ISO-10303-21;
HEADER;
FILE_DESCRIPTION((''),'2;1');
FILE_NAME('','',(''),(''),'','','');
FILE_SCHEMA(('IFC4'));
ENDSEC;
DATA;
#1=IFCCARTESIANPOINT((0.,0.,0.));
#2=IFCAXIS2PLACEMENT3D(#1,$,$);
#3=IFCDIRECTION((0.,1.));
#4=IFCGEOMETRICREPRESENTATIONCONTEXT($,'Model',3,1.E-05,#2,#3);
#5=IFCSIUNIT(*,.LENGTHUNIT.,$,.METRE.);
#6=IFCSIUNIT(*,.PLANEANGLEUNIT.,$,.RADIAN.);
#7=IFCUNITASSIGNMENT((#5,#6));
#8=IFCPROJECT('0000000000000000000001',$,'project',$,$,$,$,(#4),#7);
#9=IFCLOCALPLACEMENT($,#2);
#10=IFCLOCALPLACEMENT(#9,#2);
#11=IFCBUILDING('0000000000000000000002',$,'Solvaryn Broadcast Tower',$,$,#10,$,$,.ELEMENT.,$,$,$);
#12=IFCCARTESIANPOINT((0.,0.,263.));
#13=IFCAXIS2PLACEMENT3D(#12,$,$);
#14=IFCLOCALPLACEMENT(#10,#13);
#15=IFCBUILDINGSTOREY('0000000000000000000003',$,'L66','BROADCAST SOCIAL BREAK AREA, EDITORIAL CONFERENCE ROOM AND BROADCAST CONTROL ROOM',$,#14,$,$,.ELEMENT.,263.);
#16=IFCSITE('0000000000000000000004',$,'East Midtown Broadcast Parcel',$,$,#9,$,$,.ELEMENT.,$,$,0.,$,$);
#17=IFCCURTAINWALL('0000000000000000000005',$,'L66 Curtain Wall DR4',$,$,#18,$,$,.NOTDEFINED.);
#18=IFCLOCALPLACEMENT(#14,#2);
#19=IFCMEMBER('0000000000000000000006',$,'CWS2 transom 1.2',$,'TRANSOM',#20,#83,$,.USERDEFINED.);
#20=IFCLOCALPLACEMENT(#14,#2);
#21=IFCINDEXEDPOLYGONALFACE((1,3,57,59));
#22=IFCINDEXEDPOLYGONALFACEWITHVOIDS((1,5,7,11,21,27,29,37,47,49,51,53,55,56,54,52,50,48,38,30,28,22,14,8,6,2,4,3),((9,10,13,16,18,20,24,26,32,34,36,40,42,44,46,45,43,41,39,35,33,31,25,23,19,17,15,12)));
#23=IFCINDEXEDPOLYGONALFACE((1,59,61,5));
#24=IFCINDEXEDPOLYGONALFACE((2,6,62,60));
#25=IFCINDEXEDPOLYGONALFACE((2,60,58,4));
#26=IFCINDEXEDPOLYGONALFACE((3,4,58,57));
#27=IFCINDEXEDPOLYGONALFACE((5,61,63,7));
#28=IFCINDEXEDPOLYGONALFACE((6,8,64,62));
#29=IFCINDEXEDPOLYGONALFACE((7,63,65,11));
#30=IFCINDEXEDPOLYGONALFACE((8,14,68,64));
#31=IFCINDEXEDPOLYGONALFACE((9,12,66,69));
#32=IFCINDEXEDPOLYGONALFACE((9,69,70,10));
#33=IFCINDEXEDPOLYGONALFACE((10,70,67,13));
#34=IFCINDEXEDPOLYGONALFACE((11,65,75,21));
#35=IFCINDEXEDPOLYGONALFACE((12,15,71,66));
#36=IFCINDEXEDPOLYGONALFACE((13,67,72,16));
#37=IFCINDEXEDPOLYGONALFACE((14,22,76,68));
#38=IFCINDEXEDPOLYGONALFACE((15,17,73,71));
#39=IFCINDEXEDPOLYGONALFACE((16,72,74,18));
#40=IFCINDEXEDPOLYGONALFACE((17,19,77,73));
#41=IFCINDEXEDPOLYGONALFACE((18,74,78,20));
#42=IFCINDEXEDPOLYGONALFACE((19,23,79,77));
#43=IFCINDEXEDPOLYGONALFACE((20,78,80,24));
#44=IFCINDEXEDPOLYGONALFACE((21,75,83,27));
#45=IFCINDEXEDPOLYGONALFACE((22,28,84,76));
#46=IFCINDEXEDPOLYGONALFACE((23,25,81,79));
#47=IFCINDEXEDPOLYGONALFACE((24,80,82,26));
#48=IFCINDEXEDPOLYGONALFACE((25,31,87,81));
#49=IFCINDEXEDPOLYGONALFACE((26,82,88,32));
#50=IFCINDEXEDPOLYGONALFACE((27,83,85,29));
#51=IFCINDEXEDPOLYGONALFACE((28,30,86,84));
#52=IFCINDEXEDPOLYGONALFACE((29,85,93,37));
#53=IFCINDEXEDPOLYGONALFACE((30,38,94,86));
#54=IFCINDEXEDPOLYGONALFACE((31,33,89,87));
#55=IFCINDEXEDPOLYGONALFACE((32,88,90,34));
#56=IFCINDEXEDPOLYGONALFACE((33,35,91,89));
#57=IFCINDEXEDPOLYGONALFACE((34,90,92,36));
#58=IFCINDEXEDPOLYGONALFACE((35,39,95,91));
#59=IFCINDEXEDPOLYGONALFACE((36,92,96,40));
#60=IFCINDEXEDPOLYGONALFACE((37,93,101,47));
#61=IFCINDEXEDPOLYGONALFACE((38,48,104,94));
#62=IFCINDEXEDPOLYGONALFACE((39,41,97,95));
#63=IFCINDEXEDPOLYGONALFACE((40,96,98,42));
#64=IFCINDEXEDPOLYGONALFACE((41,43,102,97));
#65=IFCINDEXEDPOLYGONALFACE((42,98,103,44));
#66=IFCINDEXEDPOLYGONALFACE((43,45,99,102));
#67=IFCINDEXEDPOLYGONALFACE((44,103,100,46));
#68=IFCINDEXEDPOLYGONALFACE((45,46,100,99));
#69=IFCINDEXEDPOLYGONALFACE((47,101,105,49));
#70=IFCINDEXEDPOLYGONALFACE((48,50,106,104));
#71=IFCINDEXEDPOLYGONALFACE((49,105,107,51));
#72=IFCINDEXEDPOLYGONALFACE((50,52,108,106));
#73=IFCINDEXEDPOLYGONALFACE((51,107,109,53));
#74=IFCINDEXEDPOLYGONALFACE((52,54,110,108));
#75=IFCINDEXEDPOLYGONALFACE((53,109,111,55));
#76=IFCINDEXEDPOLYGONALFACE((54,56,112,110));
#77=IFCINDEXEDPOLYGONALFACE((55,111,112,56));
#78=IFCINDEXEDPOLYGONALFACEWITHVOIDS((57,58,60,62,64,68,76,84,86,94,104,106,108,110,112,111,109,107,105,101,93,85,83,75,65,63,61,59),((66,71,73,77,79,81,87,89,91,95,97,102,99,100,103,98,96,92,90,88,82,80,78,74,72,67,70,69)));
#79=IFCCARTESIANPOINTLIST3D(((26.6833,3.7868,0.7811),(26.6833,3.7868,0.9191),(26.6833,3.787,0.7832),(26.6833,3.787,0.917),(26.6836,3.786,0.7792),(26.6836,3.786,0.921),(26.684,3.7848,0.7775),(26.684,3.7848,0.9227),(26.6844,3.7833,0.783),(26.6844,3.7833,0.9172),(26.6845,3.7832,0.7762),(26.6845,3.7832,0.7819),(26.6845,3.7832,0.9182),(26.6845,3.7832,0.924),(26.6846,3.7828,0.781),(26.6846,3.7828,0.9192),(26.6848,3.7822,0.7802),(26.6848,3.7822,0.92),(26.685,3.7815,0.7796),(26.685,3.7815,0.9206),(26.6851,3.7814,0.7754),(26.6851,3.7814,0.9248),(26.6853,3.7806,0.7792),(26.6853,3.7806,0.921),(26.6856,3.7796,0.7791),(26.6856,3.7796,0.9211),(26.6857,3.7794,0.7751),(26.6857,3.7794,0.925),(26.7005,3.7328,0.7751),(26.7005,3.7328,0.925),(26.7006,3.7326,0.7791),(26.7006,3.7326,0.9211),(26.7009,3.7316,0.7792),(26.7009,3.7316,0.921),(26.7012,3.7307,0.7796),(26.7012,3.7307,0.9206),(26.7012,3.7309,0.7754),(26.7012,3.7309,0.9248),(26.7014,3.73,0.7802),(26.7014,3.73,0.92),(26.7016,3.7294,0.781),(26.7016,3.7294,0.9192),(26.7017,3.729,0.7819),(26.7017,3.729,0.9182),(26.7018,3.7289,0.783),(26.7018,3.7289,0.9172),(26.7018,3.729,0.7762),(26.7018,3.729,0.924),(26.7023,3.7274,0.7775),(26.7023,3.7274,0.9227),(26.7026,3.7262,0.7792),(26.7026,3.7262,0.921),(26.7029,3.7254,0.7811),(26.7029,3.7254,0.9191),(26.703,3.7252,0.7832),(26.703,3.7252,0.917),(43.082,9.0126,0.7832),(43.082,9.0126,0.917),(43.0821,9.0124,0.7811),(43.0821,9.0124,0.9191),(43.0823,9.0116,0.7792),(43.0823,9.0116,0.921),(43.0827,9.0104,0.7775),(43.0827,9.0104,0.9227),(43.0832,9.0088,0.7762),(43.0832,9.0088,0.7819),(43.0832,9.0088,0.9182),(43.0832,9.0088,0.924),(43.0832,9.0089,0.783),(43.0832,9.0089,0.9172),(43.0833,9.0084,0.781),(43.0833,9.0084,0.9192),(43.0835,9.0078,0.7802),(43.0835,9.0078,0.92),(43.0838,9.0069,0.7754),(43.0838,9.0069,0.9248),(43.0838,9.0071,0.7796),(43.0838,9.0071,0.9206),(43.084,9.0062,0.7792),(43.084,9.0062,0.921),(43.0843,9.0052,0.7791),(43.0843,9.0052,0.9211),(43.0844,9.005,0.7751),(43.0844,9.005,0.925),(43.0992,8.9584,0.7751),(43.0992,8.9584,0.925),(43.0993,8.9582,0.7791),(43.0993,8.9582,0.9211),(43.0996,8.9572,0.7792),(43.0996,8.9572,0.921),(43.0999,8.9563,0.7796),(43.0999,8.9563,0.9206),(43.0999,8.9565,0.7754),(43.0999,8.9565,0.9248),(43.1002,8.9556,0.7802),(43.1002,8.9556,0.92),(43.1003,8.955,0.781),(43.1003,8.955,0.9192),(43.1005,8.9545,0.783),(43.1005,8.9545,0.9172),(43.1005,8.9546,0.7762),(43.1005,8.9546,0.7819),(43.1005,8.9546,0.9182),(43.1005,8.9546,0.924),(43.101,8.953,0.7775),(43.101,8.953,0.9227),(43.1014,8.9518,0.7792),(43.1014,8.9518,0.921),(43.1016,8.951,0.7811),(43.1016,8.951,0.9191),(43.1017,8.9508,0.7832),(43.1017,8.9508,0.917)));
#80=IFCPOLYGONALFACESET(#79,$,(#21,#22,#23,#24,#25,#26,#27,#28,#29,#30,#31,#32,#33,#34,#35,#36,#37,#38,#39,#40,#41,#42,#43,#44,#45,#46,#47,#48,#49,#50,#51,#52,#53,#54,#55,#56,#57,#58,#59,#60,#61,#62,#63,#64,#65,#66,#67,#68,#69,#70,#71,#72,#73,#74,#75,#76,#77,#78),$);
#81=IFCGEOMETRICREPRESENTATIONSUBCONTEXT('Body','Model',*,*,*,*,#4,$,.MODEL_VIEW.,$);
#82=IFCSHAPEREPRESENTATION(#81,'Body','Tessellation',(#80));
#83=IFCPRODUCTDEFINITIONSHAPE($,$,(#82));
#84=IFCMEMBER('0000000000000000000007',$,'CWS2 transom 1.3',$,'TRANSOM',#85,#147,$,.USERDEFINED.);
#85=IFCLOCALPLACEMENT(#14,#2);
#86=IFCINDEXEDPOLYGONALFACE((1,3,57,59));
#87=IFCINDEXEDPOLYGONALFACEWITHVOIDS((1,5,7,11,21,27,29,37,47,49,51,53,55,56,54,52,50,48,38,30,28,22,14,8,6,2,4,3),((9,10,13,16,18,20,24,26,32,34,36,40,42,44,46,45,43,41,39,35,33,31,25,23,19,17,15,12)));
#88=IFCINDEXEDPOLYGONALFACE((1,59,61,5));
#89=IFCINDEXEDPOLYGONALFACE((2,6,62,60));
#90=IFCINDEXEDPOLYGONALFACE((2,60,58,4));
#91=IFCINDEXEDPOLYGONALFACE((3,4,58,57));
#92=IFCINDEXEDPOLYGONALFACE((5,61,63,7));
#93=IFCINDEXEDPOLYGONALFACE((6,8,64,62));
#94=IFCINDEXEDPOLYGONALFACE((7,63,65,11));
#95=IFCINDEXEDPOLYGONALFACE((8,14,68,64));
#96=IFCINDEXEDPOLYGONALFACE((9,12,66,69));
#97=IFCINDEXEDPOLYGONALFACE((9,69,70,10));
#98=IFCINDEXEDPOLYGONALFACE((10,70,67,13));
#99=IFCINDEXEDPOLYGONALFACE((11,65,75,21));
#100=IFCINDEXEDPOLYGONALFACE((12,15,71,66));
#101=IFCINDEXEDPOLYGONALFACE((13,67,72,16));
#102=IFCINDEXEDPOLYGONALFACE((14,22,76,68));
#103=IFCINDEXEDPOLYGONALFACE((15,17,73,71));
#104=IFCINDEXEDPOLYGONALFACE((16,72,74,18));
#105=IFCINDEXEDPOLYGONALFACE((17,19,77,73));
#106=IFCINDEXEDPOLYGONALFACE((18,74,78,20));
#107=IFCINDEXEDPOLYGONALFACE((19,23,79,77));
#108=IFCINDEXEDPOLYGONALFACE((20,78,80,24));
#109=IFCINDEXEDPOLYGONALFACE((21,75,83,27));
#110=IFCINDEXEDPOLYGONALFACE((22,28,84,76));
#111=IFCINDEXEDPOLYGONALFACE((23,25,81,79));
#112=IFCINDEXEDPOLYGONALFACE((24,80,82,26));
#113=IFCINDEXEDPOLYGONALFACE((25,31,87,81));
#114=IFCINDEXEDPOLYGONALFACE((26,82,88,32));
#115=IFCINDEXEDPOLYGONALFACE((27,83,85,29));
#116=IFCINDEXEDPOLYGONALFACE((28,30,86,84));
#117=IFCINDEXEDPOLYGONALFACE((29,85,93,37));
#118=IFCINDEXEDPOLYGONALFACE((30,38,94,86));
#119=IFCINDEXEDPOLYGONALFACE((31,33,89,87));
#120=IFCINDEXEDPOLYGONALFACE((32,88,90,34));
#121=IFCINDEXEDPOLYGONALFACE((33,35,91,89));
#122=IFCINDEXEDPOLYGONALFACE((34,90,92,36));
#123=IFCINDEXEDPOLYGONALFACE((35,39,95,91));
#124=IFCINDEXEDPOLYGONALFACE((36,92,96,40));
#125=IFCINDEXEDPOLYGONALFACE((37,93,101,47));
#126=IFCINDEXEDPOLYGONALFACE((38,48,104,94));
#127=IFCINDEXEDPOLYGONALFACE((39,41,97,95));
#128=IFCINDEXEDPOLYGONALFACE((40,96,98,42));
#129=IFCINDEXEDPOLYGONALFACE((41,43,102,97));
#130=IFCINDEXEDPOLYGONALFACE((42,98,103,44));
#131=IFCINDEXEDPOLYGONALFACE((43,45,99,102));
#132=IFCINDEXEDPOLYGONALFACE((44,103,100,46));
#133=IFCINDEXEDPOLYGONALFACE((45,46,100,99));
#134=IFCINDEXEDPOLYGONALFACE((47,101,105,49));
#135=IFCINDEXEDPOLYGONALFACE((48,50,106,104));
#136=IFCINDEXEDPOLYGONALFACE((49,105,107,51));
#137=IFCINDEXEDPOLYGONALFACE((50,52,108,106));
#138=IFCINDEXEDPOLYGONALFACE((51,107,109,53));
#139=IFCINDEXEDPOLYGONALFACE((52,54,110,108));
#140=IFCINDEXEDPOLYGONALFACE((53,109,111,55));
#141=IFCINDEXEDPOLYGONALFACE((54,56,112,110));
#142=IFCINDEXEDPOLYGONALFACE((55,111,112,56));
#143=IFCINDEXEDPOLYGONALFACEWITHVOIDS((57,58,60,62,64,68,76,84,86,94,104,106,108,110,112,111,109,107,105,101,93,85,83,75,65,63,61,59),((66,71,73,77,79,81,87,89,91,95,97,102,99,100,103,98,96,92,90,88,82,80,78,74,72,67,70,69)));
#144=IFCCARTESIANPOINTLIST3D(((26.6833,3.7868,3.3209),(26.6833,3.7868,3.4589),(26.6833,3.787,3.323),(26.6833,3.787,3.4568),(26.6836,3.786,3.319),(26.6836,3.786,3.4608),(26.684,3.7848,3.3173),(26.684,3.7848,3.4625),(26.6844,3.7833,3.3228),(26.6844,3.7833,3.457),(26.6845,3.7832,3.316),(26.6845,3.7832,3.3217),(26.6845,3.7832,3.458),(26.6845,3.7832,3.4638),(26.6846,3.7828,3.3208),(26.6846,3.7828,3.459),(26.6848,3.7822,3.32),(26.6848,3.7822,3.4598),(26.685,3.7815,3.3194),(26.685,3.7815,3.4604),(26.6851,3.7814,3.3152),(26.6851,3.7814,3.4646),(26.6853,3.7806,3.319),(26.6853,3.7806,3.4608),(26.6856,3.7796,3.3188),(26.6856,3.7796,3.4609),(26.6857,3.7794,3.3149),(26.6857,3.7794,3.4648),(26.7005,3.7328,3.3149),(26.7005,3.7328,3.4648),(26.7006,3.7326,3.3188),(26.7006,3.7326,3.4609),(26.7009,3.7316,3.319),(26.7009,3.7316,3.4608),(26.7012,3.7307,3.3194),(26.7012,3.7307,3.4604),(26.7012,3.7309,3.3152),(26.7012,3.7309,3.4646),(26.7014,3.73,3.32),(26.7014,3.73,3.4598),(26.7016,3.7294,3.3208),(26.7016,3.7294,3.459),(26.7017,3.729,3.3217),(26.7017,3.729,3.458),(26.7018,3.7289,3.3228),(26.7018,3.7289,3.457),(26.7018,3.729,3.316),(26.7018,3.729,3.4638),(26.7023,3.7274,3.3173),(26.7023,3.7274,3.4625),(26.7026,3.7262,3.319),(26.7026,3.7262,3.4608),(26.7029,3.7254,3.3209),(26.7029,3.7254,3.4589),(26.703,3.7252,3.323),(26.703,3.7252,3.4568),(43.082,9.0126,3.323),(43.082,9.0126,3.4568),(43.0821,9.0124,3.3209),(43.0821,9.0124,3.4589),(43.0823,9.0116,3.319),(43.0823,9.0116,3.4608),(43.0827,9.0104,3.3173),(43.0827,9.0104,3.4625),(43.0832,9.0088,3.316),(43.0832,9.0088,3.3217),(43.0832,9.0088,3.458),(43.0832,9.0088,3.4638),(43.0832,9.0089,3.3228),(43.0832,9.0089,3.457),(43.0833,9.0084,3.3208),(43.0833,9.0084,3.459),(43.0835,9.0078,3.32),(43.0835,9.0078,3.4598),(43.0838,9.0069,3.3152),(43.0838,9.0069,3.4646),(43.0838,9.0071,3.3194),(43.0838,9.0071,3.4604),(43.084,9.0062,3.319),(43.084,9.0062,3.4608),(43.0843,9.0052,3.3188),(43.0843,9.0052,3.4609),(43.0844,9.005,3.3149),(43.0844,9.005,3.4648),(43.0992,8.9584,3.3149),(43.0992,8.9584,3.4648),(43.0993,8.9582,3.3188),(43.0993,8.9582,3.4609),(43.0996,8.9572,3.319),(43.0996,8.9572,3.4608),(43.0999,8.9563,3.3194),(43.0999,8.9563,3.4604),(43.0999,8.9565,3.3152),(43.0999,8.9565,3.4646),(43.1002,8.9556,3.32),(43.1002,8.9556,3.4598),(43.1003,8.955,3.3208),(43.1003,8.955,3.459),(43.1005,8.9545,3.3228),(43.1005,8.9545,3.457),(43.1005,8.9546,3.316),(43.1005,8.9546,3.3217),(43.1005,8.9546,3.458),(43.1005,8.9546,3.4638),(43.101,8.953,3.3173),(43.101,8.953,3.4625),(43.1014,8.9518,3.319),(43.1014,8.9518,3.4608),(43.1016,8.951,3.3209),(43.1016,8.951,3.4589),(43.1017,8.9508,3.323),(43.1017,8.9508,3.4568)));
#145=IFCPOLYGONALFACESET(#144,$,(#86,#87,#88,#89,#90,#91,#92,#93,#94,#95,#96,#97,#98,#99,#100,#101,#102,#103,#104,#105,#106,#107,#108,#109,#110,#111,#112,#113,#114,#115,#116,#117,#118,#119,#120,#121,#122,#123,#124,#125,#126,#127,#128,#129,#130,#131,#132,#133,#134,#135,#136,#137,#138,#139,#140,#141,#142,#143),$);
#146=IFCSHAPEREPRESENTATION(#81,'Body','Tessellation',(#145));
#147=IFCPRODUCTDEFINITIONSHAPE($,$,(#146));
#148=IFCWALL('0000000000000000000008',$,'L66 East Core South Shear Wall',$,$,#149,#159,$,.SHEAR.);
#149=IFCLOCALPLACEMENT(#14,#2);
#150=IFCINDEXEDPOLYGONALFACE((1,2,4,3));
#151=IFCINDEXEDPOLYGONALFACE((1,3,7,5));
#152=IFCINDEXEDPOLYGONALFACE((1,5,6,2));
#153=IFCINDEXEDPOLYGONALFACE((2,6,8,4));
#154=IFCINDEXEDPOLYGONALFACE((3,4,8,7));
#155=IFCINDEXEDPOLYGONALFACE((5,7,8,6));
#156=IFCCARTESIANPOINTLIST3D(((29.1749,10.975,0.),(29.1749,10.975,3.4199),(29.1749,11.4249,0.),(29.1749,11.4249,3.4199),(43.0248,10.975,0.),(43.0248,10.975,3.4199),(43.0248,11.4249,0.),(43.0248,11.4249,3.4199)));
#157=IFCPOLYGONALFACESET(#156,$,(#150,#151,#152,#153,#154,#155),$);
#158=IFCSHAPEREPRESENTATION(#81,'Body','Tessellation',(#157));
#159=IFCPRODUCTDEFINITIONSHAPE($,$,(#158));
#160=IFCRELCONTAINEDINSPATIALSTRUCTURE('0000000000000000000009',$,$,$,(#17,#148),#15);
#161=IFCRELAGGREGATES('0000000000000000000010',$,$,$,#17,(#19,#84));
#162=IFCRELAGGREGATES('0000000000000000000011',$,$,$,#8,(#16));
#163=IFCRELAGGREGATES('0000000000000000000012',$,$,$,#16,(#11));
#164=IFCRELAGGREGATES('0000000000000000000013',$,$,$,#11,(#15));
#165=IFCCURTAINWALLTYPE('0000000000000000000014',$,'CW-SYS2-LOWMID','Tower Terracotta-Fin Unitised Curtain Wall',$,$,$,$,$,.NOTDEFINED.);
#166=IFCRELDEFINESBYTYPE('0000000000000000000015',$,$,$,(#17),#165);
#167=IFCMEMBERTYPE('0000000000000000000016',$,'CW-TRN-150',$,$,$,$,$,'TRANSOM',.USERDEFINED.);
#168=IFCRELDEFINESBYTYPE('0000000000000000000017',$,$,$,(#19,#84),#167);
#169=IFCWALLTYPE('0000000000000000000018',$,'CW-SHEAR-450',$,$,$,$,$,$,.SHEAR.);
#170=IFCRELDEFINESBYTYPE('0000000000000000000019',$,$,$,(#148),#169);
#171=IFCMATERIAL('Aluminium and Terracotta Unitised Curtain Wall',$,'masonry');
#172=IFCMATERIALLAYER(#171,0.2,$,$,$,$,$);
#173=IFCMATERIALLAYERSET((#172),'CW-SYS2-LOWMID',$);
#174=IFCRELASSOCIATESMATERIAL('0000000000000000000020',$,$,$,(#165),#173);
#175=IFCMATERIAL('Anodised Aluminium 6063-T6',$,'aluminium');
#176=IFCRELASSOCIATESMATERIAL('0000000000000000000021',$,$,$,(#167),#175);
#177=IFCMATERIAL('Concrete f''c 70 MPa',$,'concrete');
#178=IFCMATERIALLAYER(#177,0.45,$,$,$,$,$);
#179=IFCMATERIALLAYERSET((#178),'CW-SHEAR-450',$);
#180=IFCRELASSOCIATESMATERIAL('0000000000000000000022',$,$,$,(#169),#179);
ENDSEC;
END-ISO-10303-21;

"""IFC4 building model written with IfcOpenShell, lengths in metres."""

from ifc_helpers import new_model, si_unit, direction, frame, frame_2d, origin, origin_2d, place, context, subcontext, project, spatial, rectangle, hollow_rectangle, extrude, material, layer, layer_set, material_profile, profile_set, type_object, element, aggregate, save


model = new_model("IFC4")

# Units and contexts
model_context = context("Model", 3, precision=1e-05, world=origin(), true_north=direction((0.0, 1.0)))
body_context = subcontext(model_context, "Body", "Model", "MODEL_VIEW")
ifc_project = project(units=[si_unit("LENGTHUNIT", "METRE"), si_unit("PLANEANGLEUNIT", "RADIAN")], contexts=[model_context])

# Site, building, storey
site_placement = place(None, origin())
site = spatial("IfcSite", under=ifc_project, at=site_placement, Name="East Midtown Broadcast Parcel", CompositionType="ELEMENT", RefElevation=0.0)
building_placement = place(site_placement, origin())
building = spatial("IfcBuilding", under=site, at=building_placement, Name="Solvaryn Broadcast Tower", CompositionType="ELEMENT")
storey_placement = place(building_placement, frame((0.0, 0.0, 263.0)))
storey = spatial("IfcBuildingStorey", under=building, at=storey_placement, Name="L66", Description="BROADCAST SOCIAL BREAK AREA, EDITORIAL CONFERENCE ROOM AND BROADCAST CONTROL ROOM", CompositionType="ELEMENT", Elevation=263.0)

# Shared definitions
ifc_material_1 = material(Name="Aluminium and Terracotta Unitised Curtain Wall", Category="masonry")
ifc_layer_1 = layer(ifc_material_1, 0.2)
ifc_layer_set_1 = layer_set([ifc_layer_1], Name="CW-SYS2-LOWMID")
curtain_wall_type = type_object("IfcCurtainWallType", Name="CW-SYS2-LOWMID", Description="Tower Terracotta-Fin Unitised Curtain Wall", PredefinedType="NOTDEFINED", material=ifc_layer_set_1)

# Curtain wall, members
curtain_wall_1_placement = place(storey_placement, origin())
curtain_wall_1 = element("IfcCurtainWall", 1, at=curtain_wall_1_placement, inside=storey, type_object=curtain_wall_type, Name="L66 Curtain Wall DR4", PredefinedType="NOTDEFINED")
ifc_material_2 = material(Name="Anodised Aluminium 6063-T6", Category="aluminium")
ifc_material_profile_1 = material_profile(ifc_material_2, hollow_rectangle(XDim=0.0649, YDim=0.1499, WallThickness=0.0039, InnerFilletRadius=0.0039, OuterFilletRadius=0.0081, at=origin_2d()))
ifc_profile_set_1 = profile_set([ifc_material_profile_1], Name="Anodised Aluminium 6063-T6")
member_type_1 = type_object("IfcMemberType", Name="CW-TRN-150", ElementType="TRANSOM", PredefinedType="USERDEFINED", material=ifc_profile_set_1)
member_1_placement = place(storey_placement, frame((26.6931, 3.7561, 0.8501), z_axis=(0.952794, 0.303616, 0.0), x_axis=(-0.303616, 0.952794, 0.0)))
member_1 = element("IfcMember", 2, at=member_1_placement, type_object=member_type_1, Name="CWS2 transom 1.2", ObjectType="TRANSOM", PredefinedType="USERDEFINED", context=body_context, shape_type="SweptSolid", body=[
    extrude(hollow_rectangle(XDim=0.0649, YDim=0.1499, WallThickness=0.0039, InnerFilletRadius=0.0039, OuterFilletRadius=0.0081, at=origin_2d()), origin(), (0.0, 0.0, 1.0), 17.2112),
])
member_2_placement = place(storey_placement, frame((26.6931, 3.7561, 3.3899), z_axis=(0.952794, 0.303616, 0.0), x_axis=(-0.303616, 0.952794, 0.0)))
member_2 = element("IfcMember", 3, at=member_2_placement, type_object=member_type_1, Name="CWS2 transom 1.3", ObjectType="TRANSOM", PredefinedType="USERDEFINED", context=body_context, shape_type="SweptSolid", body=[
    extrude(hollow_rectangle(XDim=0.0649, YDim=0.1499, WallThickness=0.0039, InnerFilletRadius=0.0039, OuterFilletRadius=0.0081, at=origin_2d()), origin(), (0.0, 0.0, 1.0), 17.2112),
])
aggregate(curtain_wall_1, [member_1, member_2])

# Wall
ifc_material_3 = material(Name="Concrete f'c 70 MPa", Category="concrete")
ifc_layer_2 = layer(ifc_material_3, 0.45)
ifc_layer_set_2 = layer_set([ifc_layer_2], Name="CW-SHEAR-450")
wall_type_1 = type_object("IfcWallType", Name="CW-SHEAR-450", PredefinedType="SHEAR", material=ifc_layer_set_2)
wall_1_placement = place(storey_placement, frame((29.175, 11.2, 0.0), z_axis=(0.0, 0.0, 1.0), x_axis=(1.0, 0.0, 0.0)))
element("IfcWall", 4, at=wall_1_placement, inside=storey, type_object=wall_type_1, Name="L66 East Core South Shear Wall", PredefinedType="SHEAR", context=body_context, shape_type="SweptSolid", body=[
    extrude(rectangle(XDim=13.8499, YDim=0.45, at=frame_2d((6.9248, 0.0))), origin(), (0.0, 0.0, 1.0), 3.4199),
])

save(model, "model.ifc")
